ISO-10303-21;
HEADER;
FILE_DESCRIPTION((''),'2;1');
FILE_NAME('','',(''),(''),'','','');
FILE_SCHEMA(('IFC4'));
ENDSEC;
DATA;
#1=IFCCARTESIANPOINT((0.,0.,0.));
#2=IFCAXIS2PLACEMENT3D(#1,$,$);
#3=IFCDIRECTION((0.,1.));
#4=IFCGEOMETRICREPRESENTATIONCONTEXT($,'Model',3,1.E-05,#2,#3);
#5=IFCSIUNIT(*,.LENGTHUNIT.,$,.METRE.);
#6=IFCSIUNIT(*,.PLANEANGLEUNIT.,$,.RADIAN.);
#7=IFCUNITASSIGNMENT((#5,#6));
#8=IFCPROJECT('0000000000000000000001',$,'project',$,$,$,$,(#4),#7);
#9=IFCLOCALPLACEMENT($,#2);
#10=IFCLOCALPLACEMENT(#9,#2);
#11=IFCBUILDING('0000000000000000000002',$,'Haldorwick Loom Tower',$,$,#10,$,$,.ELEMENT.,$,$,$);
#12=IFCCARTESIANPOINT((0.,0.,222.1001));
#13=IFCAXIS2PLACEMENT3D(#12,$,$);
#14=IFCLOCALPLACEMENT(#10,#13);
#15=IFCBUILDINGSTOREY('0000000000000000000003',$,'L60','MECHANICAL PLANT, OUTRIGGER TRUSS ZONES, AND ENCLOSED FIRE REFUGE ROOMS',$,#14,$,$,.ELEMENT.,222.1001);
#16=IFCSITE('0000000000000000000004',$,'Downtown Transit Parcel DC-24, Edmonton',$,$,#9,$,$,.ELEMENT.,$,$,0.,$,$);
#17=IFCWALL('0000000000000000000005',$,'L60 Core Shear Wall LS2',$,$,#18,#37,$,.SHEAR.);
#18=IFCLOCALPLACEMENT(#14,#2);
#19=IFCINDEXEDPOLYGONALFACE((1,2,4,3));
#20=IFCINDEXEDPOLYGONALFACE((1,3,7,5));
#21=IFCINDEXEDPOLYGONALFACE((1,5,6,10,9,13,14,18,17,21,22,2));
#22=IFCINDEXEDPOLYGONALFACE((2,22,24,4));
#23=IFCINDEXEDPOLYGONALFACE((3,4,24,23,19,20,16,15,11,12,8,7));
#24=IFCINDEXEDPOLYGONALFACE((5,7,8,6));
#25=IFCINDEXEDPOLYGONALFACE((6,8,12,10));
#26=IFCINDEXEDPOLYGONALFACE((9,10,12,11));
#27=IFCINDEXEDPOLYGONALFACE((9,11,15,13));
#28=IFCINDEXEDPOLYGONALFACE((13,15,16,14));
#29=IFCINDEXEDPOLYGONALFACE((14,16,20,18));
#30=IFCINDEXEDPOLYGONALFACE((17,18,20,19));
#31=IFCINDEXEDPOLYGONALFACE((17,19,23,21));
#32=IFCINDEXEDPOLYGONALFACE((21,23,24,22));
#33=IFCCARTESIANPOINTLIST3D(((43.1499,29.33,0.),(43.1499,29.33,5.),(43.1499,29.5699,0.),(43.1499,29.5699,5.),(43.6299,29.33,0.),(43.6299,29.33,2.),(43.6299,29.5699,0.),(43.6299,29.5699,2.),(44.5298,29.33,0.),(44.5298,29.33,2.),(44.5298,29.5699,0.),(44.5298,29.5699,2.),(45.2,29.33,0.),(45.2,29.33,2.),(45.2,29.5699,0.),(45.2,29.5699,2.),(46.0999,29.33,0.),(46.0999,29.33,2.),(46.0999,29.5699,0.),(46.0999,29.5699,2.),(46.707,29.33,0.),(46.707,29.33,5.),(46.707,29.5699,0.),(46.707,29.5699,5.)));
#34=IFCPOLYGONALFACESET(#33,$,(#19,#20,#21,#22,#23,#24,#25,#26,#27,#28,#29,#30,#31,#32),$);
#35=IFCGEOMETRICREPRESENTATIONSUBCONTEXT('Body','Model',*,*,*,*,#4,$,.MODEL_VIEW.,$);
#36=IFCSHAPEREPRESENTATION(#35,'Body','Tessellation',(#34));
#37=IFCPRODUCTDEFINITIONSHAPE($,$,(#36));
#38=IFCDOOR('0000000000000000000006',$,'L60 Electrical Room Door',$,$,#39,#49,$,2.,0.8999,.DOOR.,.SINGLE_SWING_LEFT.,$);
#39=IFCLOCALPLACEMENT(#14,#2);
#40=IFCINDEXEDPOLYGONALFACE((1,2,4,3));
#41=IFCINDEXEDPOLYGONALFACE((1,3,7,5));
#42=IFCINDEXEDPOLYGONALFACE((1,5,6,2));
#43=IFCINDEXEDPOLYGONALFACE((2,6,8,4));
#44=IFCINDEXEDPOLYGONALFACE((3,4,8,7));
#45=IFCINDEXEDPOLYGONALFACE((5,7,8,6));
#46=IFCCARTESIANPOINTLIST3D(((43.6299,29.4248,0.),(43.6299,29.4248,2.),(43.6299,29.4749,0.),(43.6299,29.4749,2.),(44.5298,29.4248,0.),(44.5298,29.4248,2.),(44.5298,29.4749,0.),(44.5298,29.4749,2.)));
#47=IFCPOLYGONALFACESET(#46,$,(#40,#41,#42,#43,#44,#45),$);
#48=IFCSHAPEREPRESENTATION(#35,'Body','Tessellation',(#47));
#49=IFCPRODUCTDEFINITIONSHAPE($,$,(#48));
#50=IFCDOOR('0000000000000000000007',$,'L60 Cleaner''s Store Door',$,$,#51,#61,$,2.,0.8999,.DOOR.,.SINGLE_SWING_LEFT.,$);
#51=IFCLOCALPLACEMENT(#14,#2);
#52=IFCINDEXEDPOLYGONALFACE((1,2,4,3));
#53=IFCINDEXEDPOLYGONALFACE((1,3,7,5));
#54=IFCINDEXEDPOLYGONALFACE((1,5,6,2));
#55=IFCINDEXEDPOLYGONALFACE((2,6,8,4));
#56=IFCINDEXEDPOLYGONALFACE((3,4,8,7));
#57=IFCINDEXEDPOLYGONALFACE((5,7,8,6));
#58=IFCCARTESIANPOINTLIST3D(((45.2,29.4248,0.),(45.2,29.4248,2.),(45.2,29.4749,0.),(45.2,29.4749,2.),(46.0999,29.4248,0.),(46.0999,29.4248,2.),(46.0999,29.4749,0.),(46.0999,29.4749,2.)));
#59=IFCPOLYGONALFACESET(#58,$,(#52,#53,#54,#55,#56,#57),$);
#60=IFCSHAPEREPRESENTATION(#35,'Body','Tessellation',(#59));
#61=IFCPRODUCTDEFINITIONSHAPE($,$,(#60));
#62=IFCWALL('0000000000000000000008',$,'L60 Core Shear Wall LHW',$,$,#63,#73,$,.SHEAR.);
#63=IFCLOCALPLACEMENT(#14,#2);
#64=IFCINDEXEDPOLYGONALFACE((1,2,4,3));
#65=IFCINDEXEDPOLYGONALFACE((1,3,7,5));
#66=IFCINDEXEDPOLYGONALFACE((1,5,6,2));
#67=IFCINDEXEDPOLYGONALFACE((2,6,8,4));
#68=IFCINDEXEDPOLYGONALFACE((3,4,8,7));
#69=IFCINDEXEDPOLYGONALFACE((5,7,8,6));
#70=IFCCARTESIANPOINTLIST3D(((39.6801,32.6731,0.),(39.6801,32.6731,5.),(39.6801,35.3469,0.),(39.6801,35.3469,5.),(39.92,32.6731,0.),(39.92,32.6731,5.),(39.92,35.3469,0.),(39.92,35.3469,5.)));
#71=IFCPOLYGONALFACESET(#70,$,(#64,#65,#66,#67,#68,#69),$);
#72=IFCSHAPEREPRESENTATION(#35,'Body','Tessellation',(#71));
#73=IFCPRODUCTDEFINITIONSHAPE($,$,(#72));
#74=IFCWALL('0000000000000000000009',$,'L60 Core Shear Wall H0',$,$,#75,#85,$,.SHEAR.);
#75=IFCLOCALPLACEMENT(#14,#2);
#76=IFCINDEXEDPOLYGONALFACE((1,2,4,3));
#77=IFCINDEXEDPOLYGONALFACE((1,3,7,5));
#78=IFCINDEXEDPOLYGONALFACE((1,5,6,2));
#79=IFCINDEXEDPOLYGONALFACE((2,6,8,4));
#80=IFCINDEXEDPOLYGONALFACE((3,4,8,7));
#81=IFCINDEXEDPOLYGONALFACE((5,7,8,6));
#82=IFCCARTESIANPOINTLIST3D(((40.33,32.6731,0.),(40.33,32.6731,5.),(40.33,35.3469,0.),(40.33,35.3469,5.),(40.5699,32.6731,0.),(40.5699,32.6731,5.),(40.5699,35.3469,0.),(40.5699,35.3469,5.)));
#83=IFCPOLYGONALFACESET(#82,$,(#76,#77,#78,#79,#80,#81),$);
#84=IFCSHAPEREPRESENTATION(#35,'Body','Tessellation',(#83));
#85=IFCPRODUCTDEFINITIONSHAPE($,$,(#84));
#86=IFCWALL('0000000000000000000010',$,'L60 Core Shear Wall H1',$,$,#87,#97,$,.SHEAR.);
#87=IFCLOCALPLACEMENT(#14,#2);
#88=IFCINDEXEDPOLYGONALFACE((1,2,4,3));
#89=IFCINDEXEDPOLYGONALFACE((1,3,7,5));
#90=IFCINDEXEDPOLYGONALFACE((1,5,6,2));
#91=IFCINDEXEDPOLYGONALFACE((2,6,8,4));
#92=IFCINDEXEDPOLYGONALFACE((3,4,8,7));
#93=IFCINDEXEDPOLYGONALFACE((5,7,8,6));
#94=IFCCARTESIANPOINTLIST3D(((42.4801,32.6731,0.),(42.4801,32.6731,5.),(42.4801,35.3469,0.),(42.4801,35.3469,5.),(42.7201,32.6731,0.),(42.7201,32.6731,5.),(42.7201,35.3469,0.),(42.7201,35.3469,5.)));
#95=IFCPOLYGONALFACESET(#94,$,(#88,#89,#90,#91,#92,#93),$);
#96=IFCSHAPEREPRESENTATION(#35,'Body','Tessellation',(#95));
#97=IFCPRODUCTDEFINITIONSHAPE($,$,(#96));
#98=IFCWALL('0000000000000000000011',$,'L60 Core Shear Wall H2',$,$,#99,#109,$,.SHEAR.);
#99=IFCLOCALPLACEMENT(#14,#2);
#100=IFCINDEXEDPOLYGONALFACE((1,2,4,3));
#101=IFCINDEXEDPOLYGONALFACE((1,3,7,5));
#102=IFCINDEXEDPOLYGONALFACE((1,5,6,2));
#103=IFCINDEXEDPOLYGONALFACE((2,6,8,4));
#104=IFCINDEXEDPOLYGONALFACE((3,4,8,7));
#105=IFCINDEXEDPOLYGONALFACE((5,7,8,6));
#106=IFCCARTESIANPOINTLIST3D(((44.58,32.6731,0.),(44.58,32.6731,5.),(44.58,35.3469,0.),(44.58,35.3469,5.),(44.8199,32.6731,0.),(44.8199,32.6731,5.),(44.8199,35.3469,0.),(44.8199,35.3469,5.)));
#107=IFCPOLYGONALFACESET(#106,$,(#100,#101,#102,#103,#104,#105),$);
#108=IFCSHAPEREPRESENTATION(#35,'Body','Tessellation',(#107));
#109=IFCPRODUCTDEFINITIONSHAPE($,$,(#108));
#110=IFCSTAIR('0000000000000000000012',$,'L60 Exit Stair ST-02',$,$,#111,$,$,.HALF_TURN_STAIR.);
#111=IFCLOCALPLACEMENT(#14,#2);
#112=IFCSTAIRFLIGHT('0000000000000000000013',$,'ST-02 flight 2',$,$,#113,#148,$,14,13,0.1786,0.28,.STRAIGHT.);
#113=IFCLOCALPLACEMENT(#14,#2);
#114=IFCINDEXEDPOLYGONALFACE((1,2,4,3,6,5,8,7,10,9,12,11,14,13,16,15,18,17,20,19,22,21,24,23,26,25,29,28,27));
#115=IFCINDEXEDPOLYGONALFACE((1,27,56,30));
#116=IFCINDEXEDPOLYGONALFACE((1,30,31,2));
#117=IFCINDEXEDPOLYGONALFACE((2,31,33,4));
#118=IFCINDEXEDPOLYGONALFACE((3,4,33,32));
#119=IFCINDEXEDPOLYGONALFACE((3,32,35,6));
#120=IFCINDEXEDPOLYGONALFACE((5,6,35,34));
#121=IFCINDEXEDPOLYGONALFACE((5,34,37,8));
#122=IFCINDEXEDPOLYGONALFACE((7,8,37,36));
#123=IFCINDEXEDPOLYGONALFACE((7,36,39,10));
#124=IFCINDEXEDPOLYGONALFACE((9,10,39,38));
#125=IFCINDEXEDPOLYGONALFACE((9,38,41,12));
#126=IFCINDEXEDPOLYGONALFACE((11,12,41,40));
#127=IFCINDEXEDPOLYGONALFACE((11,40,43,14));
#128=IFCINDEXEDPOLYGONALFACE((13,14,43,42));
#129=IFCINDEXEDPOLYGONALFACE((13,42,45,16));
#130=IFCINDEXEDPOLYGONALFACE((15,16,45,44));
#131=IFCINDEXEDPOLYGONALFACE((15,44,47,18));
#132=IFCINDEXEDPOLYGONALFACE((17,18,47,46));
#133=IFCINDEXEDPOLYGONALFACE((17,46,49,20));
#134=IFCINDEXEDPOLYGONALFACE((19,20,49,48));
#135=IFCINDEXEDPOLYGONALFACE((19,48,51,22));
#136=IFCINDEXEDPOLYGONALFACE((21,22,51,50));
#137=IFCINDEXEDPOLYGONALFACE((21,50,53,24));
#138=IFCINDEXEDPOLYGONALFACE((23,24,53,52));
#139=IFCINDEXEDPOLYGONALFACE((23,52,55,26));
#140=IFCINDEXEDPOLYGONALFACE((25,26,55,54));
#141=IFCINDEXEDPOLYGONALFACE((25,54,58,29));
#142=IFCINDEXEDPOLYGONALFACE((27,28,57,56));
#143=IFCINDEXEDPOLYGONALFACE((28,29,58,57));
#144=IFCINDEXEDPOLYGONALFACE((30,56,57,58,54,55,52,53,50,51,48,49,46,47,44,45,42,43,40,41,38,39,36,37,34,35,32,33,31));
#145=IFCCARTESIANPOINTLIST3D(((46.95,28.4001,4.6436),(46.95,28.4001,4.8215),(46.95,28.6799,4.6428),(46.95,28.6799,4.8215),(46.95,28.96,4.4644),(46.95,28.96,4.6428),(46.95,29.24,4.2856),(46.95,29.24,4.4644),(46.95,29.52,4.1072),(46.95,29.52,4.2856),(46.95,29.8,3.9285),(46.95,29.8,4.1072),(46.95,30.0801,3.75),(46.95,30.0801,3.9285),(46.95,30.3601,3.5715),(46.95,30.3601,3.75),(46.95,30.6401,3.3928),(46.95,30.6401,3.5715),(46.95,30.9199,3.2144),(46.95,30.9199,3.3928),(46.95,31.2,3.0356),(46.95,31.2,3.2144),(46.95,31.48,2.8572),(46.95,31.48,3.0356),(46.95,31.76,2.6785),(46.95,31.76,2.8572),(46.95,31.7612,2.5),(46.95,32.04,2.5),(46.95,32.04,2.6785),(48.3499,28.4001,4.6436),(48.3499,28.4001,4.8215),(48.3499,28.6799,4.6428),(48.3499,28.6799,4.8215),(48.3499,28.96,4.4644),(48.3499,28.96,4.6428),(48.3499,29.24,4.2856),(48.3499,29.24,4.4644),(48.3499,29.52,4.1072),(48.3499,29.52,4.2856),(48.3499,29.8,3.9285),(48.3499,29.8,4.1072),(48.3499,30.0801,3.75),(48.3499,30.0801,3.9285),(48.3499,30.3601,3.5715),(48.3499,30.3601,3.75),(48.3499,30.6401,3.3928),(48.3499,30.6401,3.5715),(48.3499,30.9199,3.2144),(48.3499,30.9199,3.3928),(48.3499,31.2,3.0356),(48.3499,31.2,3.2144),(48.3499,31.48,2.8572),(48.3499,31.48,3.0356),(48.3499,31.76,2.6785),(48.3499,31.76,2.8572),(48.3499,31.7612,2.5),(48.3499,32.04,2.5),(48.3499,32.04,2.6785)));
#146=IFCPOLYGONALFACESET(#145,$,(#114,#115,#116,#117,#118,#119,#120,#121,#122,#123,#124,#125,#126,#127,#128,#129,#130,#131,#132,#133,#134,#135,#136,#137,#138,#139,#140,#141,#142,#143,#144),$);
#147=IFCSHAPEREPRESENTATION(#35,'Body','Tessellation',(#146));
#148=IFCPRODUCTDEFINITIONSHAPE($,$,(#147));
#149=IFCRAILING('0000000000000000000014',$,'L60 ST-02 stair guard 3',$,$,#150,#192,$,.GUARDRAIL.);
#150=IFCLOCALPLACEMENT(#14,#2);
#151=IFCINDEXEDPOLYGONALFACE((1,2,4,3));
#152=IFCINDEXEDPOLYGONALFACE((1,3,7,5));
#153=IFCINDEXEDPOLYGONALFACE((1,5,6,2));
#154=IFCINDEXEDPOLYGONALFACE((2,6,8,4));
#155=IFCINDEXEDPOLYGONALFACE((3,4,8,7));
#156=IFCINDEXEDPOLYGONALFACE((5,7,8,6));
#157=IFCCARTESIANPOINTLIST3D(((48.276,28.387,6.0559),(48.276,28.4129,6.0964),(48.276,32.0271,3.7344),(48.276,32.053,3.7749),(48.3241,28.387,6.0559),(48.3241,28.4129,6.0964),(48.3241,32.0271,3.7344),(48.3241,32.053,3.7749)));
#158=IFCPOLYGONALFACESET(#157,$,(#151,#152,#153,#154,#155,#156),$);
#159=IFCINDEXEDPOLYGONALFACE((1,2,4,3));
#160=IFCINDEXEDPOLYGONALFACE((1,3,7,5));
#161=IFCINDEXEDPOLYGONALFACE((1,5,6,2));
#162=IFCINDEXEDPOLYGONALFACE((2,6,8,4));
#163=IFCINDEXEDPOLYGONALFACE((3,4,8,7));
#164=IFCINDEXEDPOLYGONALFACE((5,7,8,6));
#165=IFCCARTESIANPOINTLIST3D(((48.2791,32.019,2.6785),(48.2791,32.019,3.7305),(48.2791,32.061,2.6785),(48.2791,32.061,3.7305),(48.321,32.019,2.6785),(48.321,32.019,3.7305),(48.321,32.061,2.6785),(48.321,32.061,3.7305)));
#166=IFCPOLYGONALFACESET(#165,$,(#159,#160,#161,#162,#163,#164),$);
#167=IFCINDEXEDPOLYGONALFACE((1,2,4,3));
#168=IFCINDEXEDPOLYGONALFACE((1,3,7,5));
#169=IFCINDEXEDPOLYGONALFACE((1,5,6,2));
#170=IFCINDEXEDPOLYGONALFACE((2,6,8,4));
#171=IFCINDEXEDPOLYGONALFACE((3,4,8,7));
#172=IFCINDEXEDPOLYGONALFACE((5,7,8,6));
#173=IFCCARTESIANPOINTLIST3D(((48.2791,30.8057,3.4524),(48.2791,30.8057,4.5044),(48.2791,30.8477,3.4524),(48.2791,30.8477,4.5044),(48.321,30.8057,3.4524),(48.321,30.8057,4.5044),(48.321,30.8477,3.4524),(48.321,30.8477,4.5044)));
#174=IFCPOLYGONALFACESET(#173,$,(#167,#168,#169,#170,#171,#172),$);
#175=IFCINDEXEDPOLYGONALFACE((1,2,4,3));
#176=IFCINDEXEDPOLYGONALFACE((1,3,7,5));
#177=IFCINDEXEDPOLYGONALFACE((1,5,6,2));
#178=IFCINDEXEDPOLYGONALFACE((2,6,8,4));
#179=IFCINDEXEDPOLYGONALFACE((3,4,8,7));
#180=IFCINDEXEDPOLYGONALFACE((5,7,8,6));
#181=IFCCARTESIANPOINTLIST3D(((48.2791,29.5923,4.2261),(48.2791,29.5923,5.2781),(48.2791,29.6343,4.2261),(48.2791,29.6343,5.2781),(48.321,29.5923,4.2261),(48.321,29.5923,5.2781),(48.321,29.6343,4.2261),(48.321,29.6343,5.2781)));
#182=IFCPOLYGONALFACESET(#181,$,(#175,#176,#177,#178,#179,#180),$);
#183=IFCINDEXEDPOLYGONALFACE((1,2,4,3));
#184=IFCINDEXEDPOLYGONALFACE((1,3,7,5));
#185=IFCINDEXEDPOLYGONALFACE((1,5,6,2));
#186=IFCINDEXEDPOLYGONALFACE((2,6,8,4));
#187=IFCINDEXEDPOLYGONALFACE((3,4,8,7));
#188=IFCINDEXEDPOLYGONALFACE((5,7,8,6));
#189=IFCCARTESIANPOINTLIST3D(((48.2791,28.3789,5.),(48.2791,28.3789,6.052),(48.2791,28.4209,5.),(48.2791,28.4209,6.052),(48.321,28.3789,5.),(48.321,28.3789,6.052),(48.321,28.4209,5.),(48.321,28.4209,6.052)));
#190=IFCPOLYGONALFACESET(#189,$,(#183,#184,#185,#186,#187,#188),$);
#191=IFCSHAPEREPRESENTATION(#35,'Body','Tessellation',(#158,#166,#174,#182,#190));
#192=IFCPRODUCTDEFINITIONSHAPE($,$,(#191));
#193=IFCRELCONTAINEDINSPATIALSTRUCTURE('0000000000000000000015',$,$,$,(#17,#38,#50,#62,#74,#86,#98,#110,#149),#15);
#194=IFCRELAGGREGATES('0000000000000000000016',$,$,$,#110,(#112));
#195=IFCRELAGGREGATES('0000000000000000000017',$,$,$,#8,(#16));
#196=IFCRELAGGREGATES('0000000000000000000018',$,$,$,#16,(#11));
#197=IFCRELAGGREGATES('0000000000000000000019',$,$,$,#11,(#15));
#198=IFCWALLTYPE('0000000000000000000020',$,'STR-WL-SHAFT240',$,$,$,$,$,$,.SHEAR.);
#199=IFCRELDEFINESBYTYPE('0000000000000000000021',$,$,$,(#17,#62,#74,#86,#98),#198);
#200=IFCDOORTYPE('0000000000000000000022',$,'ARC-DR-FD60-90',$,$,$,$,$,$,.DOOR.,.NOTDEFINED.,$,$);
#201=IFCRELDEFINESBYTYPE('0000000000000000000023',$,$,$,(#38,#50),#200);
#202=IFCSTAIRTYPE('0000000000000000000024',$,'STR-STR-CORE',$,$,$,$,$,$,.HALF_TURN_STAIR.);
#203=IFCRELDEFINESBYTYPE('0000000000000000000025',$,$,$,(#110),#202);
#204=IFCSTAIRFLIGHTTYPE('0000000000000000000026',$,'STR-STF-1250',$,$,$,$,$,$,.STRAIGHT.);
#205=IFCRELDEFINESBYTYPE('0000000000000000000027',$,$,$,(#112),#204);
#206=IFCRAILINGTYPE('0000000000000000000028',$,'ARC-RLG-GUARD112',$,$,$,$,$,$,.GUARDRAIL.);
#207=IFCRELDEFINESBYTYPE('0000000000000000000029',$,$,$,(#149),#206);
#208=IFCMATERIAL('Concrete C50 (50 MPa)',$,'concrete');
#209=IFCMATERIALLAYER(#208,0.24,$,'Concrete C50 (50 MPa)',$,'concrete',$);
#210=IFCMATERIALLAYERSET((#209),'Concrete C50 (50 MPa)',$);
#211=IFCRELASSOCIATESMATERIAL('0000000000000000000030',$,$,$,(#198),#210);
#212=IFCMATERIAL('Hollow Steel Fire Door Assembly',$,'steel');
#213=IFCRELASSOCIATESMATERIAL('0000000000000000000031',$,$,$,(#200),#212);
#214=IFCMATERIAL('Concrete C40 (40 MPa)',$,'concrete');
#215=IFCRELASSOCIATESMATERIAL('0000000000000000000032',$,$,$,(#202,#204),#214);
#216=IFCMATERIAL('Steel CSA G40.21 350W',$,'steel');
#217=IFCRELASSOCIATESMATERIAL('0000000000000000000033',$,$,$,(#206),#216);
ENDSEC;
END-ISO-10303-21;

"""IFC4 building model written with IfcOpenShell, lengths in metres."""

from ifc_helpers import new_model, si_unit, direction, frame, frame_2d, origin, origin_2d, place, context, subcontext, project, spatial, polyline, rectangle, outline, extrude, material, layer, layer_set, type_object, element, fill, aggregate, save


model = new_model("IFC4")

# Units and contexts
model_context = context("Model", 3, precision=1e-05, world=origin(), true_north=direction((0.0, 1.0)))
body_context = subcontext(model_context, "Body", "Model", "MODEL_VIEW")
ifc_project = project(units=[si_unit("LENGTHUNIT", "METRE"), si_unit("PLANEANGLEUNIT", "RADIAN")], contexts=[model_context])

# Site, building, storey
site_placement = place(None, origin())
site = spatial("IfcSite", under=ifc_project, at=site_placement, Name="Downtown Transit Parcel DC-24, Edmonton", CompositionType="ELEMENT", RefElevation=0.0)
building_placement = place(site_placement, origin())
building = spatial("IfcBuilding", under=site, at=building_placement, Name="Haldorwick Loom Tower", CompositionType="ELEMENT")
storey_placement = place(building_placement, frame((0.0, 0.0, 222.1001)))
storey = spatial("IfcBuildingStorey", under=building, at=storey_placement, Name="L60", Description="MECHANICAL PLANT, OUTRIGGER TRUSS ZONES, AND ENCLOSED FIRE REFUGE ROOMS", CompositionType="ELEMENT", Elevation=222.1001)

# Shared definitions
ifc_material_1 = material(Name="Steel CSA G40.21 350W", Category="steel")

# Shared definitions
ifc_material_2 = material(Name="Concrete C50 (50 MPa)", Category="concrete")

# Shared definitions
ifc_layer_1 = layer(ifc_material_2, 0.24, Name="Concrete C50 (50 MPa)", Category="concrete")
ifc_layer_set_1 = layer_set([ifc_layer_1], Name="Concrete C50 (50 MPa)")
wall_type_1 = type_object("IfcWallType", Name="STR-WL-SHAFT240", PredefinedType="SHEAR", material=ifc_layer_set_1)

# Wall, openings, doors
wall_1_placement = place(storey_placement, frame((43.1499, 29.45, 0.0), z_axis=(0.0, 0.0, 1.0), x_axis=(1.0, 0.0, 0.0)))
wall_1 = element("IfcWall", 1, at=wall_1_placement, inside=storey, type_object=wall_type_1, Name="L60 Core Shear Wall LS2", PredefinedType="SHEAR", context=body_context, shape_type="SweptSolid", body=[
    extrude(rectangle(XDim=3.5571, YDim=0.24, at=frame_2d((1.7786, 0.0))), origin(), (0.0, 0.0, 1.0), 5.0),
])
opening_1_placement = place(wall_1_placement, frame((0.48, 0.0, 0.0)))
opening_1 = element("IfcOpeningElement", 2, at=opening_1_placement, cuts=wall_1, PredefinedType="OPENING", context=body_context, shape_type="SweptSolid", body=[
    extrude(rectangle(XDim=0.8999, YDim=2.0, at=frame_2d((0.45, 1.0))), frame((0.0, 0.1299, 0.0), z_axis=(0.0, -1.0, 0.0), x_axis=(1.0, 0.0, 0.0)), (0.0, 0.0, 1.0), 0.26),
])
opening_2_placement = place(wall_1_placement, frame((2.05, 0.0, 0.0)))
opening_2 = element("IfcOpeningElement", 3, at=opening_2_placement, cuts=wall_1, PredefinedType="OPENING", context=body_context, shape_type="SweptSolid", body=[
    extrude(rectangle(XDim=0.8999, YDim=2.0, at=frame_2d((0.45, 1.0))), frame((0.0, 0.1299, 0.0), z_axis=(0.0, -1.0, 0.0), x_axis=(1.0, 0.0, 0.0)), (0.0, 0.0, 1.0), 0.26),
])
ifc_material_3 = material(Name="Hollow Steel Fire Door Assembly", Category="steel")
door_type = type_object("IfcDoorType", Name="ARC-DR-FD60-90", OperationType="NOTDEFINED", PredefinedType="DOOR", material=ifc_material_3)
door_1_placement = place(opening_1_placement, origin())
door_1 = element("IfcDoor", 4, at=door_1_placement, inside=storey, type_object=door_type, Name="L60 Electrical Room Door", OperationType="SINGLE_SWING_LEFT", OverallHeight=2.0, OverallWidth=0.8999, PredefinedType="DOOR", context=body_context, shape_type="SweptSolid", body=[
    extrude(rectangle(XDim=0.8999, YDim=2.0, at=frame_2d((0.45, 1.0))), frame((0.0, 0.0249, 0.0), z_axis=(0.0, -1.0, 0.0), x_axis=(1.0, 0.0, 0.0)), (0.0, 0.0, 1.0), 0.05),
])
fill(opening_1, door_1)
door_2_placement = place(opening_2_placement, origin())
door_2 = element("IfcDoor", 5, at=door_2_placement, inside=storey, type_object=door_type, Name="L60 Cleaner's Store Door", OperationType="SINGLE_SWING_LEFT", OverallHeight=2.0, OverallWidth=0.8999, PredefinedType="DOOR", context=body_context, shape_type="SweptSolid", body=[
    extrude(rectangle(XDim=0.8999, YDim=2.0, at=frame_2d((0.45, 1.0))), frame((0.0, 0.0249, 0.0), z_axis=(0.0, -1.0, 0.0), x_axis=(1.0, 0.0, 0.0)), (0.0, 0.0, 1.0), 0.05),
])
fill(opening_2, door_2)

# Walls
for number, where, z_axis, x_axis, name in (
    (6, (39.8, 32.6731, 0.0), (0.0, 0.0, 1.0), (0.0, 1.0, 0.0), "L60 Core Shear Wall LHW"),
    (7, (40.45, 32.6731, 0.0), (0.0, 0.0, 1.0), (0.0, 1.0, 0.0), "L60 Core Shear Wall H0"),
    (8, (42.6001, 32.6731, 0.0), (0.0, 0.0, 1.0), (0.0, 1.0, 0.0), "L60 Core Shear Wall H1"),
    (9, (44.7, 32.6731, 0.0), (0.0, 0.0, 1.0), (0.0, 1.0, 0.0), "L60 Core Shear Wall H2"),
):
    element("IfcWall", number, at=place(storey_placement, frame(where, z_axis=z_axis, x_axis=x_axis)), inside=storey, type_object=wall_type_1, Name=name, PredefinedType="SHEAR", context=body_context, shape_type="SweptSolid", body=[
        extrude(rectangle(XDim=2.6738, YDim=0.24, at=frame_2d((1.3369, 0.0))), origin(), (0.0, 0.0, 1.0), 5.0),
    ])

# Stair, stair flight
ifc_material_4 = material(Name="Concrete C40 (40 MPa)", Category="concrete")
stair_type = type_object("IfcStairType", Name="STR-STR-CORE", PredefinedType="HALF_TURN_STAIR", material=ifc_material_4)
stair_placement = place(storey_placement, origin())
stair = element("IfcStair", 10, at=stair_placement, inside=storey, type_object=stair_type, Name="L60 Exit Stair ST-02", PredefinedType="HALF_TURN_STAIR")
stair_flight_type = type_object("IfcStairFlightType", Name="STR-STF-1250", PredefinedType="STRAIGHT", material=ifc_material_4)
stair_flight_placement = place(storey_placement, frame((47.6499, 32.04, 2.5), z_axis=(0.0, 0.0, 1.0), x_axis=(0.0, -1.0, 0.0)))
stair_flight = element("IfcStairFlight", 11, at=stair_flight_placement, type_object=stair_flight_type, Name="ST-02 flight 2", NumberOfRisers=14, NumberOfTreads=13, PredefinedType="STRAIGHT", RiserHeight=0.1786, TreadLength=0.28, context=body_context, shape_type="SweptSolid", body=[
    extrude(outline(polyline([(0.0, 0.0), (0.0, 0.1785), (0.28, 0.1785), (0.28, 0.3572), (0.5601, 0.3572), (0.5601, 0.5356), (0.8401, 0.5356), (0.8401, 0.7144), (1.1201, 0.7144), (1.1201, 0.8928), (1.3999, 0.8928), (1.3999, 1.0715), (1.6799, 1.0715), (1.6799, 1.25), (1.96, 1.25), (1.96, 1.4285), (2.24, 1.4285), (2.24, 1.6072), (2.52, 1.6072), (2.52, 1.7856), (2.8, 1.7856), (2.8, 1.9644), (3.0801, 1.9644), (3.0801, 2.1428), (3.3601, 2.1428), (3.3601, 2.3215), (3.6399, 2.3215), (3.6399, 2.5), (3.6399, 2.1436), (0.2788, 0.0), (0.0, 0.0)])), frame((0.0, 0.7, 0.0), z_axis=(0.0, -1.0, 0.0), x_axis=(1.0, 0.0, 0.0)), (0.0, 0.0, 1.0), 1.3999),
])
aggregate(stair, [stair_flight])

# Railing
railing_type_1 = type_object("IfcRailingType", Name="ARC-RLG-GUARD112", PredefinedType="GUARDRAIL", material=ifc_material_1)
railing_1_placement = place(storey_placement, frame((48.3, 32.04, 2.6785)))
element("IfcRailing", 12, at=railing_1_placement, inside=storey, type_object=railing_type_1, Name="L60 ST-02 stair guard 3", PredefinedType="GUARDRAIL", context=body_context, shape_type="SweptSolid", body=[
    extrude(rectangle(XDim=0.0481, YDim=0.0481, at=origin_2d()), frame((0.0, 0.0, 1.0762), z_axis=(0.0, -0.843128, 0.537713), x_axis=(1.0, 0.0, 0.0)), (0.0, 0.0, 1.0), 4.3174),
    extrude(rectangle(XDim=0.042, YDim=0.042, at=origin_2d()), origin(), (0.0, 0.0, 1.0), 1.052),
    extrude(rectangle(XDim=0.042, YDim=0.042, at=origin_2d()), frame((0.0, -1.2134, 0.7739)), (0.0, 0.0, 1.0), 1.052),
    extrude(rectangle(XDim=0.042, YDim=0.042, at=origin_2d()), frame((0.0, -2.4268, 1.5476)), (0.0, 0.0, 1.0), 1.052),
    extrude(rectangle(XDim=0.042, YDim=0.042, at=origin_2d()), frame((0.0, -3.6401, 2.3215)), (0.0, 0.0, 1.0), 1.052),
])

save(model, "model.ifc")
